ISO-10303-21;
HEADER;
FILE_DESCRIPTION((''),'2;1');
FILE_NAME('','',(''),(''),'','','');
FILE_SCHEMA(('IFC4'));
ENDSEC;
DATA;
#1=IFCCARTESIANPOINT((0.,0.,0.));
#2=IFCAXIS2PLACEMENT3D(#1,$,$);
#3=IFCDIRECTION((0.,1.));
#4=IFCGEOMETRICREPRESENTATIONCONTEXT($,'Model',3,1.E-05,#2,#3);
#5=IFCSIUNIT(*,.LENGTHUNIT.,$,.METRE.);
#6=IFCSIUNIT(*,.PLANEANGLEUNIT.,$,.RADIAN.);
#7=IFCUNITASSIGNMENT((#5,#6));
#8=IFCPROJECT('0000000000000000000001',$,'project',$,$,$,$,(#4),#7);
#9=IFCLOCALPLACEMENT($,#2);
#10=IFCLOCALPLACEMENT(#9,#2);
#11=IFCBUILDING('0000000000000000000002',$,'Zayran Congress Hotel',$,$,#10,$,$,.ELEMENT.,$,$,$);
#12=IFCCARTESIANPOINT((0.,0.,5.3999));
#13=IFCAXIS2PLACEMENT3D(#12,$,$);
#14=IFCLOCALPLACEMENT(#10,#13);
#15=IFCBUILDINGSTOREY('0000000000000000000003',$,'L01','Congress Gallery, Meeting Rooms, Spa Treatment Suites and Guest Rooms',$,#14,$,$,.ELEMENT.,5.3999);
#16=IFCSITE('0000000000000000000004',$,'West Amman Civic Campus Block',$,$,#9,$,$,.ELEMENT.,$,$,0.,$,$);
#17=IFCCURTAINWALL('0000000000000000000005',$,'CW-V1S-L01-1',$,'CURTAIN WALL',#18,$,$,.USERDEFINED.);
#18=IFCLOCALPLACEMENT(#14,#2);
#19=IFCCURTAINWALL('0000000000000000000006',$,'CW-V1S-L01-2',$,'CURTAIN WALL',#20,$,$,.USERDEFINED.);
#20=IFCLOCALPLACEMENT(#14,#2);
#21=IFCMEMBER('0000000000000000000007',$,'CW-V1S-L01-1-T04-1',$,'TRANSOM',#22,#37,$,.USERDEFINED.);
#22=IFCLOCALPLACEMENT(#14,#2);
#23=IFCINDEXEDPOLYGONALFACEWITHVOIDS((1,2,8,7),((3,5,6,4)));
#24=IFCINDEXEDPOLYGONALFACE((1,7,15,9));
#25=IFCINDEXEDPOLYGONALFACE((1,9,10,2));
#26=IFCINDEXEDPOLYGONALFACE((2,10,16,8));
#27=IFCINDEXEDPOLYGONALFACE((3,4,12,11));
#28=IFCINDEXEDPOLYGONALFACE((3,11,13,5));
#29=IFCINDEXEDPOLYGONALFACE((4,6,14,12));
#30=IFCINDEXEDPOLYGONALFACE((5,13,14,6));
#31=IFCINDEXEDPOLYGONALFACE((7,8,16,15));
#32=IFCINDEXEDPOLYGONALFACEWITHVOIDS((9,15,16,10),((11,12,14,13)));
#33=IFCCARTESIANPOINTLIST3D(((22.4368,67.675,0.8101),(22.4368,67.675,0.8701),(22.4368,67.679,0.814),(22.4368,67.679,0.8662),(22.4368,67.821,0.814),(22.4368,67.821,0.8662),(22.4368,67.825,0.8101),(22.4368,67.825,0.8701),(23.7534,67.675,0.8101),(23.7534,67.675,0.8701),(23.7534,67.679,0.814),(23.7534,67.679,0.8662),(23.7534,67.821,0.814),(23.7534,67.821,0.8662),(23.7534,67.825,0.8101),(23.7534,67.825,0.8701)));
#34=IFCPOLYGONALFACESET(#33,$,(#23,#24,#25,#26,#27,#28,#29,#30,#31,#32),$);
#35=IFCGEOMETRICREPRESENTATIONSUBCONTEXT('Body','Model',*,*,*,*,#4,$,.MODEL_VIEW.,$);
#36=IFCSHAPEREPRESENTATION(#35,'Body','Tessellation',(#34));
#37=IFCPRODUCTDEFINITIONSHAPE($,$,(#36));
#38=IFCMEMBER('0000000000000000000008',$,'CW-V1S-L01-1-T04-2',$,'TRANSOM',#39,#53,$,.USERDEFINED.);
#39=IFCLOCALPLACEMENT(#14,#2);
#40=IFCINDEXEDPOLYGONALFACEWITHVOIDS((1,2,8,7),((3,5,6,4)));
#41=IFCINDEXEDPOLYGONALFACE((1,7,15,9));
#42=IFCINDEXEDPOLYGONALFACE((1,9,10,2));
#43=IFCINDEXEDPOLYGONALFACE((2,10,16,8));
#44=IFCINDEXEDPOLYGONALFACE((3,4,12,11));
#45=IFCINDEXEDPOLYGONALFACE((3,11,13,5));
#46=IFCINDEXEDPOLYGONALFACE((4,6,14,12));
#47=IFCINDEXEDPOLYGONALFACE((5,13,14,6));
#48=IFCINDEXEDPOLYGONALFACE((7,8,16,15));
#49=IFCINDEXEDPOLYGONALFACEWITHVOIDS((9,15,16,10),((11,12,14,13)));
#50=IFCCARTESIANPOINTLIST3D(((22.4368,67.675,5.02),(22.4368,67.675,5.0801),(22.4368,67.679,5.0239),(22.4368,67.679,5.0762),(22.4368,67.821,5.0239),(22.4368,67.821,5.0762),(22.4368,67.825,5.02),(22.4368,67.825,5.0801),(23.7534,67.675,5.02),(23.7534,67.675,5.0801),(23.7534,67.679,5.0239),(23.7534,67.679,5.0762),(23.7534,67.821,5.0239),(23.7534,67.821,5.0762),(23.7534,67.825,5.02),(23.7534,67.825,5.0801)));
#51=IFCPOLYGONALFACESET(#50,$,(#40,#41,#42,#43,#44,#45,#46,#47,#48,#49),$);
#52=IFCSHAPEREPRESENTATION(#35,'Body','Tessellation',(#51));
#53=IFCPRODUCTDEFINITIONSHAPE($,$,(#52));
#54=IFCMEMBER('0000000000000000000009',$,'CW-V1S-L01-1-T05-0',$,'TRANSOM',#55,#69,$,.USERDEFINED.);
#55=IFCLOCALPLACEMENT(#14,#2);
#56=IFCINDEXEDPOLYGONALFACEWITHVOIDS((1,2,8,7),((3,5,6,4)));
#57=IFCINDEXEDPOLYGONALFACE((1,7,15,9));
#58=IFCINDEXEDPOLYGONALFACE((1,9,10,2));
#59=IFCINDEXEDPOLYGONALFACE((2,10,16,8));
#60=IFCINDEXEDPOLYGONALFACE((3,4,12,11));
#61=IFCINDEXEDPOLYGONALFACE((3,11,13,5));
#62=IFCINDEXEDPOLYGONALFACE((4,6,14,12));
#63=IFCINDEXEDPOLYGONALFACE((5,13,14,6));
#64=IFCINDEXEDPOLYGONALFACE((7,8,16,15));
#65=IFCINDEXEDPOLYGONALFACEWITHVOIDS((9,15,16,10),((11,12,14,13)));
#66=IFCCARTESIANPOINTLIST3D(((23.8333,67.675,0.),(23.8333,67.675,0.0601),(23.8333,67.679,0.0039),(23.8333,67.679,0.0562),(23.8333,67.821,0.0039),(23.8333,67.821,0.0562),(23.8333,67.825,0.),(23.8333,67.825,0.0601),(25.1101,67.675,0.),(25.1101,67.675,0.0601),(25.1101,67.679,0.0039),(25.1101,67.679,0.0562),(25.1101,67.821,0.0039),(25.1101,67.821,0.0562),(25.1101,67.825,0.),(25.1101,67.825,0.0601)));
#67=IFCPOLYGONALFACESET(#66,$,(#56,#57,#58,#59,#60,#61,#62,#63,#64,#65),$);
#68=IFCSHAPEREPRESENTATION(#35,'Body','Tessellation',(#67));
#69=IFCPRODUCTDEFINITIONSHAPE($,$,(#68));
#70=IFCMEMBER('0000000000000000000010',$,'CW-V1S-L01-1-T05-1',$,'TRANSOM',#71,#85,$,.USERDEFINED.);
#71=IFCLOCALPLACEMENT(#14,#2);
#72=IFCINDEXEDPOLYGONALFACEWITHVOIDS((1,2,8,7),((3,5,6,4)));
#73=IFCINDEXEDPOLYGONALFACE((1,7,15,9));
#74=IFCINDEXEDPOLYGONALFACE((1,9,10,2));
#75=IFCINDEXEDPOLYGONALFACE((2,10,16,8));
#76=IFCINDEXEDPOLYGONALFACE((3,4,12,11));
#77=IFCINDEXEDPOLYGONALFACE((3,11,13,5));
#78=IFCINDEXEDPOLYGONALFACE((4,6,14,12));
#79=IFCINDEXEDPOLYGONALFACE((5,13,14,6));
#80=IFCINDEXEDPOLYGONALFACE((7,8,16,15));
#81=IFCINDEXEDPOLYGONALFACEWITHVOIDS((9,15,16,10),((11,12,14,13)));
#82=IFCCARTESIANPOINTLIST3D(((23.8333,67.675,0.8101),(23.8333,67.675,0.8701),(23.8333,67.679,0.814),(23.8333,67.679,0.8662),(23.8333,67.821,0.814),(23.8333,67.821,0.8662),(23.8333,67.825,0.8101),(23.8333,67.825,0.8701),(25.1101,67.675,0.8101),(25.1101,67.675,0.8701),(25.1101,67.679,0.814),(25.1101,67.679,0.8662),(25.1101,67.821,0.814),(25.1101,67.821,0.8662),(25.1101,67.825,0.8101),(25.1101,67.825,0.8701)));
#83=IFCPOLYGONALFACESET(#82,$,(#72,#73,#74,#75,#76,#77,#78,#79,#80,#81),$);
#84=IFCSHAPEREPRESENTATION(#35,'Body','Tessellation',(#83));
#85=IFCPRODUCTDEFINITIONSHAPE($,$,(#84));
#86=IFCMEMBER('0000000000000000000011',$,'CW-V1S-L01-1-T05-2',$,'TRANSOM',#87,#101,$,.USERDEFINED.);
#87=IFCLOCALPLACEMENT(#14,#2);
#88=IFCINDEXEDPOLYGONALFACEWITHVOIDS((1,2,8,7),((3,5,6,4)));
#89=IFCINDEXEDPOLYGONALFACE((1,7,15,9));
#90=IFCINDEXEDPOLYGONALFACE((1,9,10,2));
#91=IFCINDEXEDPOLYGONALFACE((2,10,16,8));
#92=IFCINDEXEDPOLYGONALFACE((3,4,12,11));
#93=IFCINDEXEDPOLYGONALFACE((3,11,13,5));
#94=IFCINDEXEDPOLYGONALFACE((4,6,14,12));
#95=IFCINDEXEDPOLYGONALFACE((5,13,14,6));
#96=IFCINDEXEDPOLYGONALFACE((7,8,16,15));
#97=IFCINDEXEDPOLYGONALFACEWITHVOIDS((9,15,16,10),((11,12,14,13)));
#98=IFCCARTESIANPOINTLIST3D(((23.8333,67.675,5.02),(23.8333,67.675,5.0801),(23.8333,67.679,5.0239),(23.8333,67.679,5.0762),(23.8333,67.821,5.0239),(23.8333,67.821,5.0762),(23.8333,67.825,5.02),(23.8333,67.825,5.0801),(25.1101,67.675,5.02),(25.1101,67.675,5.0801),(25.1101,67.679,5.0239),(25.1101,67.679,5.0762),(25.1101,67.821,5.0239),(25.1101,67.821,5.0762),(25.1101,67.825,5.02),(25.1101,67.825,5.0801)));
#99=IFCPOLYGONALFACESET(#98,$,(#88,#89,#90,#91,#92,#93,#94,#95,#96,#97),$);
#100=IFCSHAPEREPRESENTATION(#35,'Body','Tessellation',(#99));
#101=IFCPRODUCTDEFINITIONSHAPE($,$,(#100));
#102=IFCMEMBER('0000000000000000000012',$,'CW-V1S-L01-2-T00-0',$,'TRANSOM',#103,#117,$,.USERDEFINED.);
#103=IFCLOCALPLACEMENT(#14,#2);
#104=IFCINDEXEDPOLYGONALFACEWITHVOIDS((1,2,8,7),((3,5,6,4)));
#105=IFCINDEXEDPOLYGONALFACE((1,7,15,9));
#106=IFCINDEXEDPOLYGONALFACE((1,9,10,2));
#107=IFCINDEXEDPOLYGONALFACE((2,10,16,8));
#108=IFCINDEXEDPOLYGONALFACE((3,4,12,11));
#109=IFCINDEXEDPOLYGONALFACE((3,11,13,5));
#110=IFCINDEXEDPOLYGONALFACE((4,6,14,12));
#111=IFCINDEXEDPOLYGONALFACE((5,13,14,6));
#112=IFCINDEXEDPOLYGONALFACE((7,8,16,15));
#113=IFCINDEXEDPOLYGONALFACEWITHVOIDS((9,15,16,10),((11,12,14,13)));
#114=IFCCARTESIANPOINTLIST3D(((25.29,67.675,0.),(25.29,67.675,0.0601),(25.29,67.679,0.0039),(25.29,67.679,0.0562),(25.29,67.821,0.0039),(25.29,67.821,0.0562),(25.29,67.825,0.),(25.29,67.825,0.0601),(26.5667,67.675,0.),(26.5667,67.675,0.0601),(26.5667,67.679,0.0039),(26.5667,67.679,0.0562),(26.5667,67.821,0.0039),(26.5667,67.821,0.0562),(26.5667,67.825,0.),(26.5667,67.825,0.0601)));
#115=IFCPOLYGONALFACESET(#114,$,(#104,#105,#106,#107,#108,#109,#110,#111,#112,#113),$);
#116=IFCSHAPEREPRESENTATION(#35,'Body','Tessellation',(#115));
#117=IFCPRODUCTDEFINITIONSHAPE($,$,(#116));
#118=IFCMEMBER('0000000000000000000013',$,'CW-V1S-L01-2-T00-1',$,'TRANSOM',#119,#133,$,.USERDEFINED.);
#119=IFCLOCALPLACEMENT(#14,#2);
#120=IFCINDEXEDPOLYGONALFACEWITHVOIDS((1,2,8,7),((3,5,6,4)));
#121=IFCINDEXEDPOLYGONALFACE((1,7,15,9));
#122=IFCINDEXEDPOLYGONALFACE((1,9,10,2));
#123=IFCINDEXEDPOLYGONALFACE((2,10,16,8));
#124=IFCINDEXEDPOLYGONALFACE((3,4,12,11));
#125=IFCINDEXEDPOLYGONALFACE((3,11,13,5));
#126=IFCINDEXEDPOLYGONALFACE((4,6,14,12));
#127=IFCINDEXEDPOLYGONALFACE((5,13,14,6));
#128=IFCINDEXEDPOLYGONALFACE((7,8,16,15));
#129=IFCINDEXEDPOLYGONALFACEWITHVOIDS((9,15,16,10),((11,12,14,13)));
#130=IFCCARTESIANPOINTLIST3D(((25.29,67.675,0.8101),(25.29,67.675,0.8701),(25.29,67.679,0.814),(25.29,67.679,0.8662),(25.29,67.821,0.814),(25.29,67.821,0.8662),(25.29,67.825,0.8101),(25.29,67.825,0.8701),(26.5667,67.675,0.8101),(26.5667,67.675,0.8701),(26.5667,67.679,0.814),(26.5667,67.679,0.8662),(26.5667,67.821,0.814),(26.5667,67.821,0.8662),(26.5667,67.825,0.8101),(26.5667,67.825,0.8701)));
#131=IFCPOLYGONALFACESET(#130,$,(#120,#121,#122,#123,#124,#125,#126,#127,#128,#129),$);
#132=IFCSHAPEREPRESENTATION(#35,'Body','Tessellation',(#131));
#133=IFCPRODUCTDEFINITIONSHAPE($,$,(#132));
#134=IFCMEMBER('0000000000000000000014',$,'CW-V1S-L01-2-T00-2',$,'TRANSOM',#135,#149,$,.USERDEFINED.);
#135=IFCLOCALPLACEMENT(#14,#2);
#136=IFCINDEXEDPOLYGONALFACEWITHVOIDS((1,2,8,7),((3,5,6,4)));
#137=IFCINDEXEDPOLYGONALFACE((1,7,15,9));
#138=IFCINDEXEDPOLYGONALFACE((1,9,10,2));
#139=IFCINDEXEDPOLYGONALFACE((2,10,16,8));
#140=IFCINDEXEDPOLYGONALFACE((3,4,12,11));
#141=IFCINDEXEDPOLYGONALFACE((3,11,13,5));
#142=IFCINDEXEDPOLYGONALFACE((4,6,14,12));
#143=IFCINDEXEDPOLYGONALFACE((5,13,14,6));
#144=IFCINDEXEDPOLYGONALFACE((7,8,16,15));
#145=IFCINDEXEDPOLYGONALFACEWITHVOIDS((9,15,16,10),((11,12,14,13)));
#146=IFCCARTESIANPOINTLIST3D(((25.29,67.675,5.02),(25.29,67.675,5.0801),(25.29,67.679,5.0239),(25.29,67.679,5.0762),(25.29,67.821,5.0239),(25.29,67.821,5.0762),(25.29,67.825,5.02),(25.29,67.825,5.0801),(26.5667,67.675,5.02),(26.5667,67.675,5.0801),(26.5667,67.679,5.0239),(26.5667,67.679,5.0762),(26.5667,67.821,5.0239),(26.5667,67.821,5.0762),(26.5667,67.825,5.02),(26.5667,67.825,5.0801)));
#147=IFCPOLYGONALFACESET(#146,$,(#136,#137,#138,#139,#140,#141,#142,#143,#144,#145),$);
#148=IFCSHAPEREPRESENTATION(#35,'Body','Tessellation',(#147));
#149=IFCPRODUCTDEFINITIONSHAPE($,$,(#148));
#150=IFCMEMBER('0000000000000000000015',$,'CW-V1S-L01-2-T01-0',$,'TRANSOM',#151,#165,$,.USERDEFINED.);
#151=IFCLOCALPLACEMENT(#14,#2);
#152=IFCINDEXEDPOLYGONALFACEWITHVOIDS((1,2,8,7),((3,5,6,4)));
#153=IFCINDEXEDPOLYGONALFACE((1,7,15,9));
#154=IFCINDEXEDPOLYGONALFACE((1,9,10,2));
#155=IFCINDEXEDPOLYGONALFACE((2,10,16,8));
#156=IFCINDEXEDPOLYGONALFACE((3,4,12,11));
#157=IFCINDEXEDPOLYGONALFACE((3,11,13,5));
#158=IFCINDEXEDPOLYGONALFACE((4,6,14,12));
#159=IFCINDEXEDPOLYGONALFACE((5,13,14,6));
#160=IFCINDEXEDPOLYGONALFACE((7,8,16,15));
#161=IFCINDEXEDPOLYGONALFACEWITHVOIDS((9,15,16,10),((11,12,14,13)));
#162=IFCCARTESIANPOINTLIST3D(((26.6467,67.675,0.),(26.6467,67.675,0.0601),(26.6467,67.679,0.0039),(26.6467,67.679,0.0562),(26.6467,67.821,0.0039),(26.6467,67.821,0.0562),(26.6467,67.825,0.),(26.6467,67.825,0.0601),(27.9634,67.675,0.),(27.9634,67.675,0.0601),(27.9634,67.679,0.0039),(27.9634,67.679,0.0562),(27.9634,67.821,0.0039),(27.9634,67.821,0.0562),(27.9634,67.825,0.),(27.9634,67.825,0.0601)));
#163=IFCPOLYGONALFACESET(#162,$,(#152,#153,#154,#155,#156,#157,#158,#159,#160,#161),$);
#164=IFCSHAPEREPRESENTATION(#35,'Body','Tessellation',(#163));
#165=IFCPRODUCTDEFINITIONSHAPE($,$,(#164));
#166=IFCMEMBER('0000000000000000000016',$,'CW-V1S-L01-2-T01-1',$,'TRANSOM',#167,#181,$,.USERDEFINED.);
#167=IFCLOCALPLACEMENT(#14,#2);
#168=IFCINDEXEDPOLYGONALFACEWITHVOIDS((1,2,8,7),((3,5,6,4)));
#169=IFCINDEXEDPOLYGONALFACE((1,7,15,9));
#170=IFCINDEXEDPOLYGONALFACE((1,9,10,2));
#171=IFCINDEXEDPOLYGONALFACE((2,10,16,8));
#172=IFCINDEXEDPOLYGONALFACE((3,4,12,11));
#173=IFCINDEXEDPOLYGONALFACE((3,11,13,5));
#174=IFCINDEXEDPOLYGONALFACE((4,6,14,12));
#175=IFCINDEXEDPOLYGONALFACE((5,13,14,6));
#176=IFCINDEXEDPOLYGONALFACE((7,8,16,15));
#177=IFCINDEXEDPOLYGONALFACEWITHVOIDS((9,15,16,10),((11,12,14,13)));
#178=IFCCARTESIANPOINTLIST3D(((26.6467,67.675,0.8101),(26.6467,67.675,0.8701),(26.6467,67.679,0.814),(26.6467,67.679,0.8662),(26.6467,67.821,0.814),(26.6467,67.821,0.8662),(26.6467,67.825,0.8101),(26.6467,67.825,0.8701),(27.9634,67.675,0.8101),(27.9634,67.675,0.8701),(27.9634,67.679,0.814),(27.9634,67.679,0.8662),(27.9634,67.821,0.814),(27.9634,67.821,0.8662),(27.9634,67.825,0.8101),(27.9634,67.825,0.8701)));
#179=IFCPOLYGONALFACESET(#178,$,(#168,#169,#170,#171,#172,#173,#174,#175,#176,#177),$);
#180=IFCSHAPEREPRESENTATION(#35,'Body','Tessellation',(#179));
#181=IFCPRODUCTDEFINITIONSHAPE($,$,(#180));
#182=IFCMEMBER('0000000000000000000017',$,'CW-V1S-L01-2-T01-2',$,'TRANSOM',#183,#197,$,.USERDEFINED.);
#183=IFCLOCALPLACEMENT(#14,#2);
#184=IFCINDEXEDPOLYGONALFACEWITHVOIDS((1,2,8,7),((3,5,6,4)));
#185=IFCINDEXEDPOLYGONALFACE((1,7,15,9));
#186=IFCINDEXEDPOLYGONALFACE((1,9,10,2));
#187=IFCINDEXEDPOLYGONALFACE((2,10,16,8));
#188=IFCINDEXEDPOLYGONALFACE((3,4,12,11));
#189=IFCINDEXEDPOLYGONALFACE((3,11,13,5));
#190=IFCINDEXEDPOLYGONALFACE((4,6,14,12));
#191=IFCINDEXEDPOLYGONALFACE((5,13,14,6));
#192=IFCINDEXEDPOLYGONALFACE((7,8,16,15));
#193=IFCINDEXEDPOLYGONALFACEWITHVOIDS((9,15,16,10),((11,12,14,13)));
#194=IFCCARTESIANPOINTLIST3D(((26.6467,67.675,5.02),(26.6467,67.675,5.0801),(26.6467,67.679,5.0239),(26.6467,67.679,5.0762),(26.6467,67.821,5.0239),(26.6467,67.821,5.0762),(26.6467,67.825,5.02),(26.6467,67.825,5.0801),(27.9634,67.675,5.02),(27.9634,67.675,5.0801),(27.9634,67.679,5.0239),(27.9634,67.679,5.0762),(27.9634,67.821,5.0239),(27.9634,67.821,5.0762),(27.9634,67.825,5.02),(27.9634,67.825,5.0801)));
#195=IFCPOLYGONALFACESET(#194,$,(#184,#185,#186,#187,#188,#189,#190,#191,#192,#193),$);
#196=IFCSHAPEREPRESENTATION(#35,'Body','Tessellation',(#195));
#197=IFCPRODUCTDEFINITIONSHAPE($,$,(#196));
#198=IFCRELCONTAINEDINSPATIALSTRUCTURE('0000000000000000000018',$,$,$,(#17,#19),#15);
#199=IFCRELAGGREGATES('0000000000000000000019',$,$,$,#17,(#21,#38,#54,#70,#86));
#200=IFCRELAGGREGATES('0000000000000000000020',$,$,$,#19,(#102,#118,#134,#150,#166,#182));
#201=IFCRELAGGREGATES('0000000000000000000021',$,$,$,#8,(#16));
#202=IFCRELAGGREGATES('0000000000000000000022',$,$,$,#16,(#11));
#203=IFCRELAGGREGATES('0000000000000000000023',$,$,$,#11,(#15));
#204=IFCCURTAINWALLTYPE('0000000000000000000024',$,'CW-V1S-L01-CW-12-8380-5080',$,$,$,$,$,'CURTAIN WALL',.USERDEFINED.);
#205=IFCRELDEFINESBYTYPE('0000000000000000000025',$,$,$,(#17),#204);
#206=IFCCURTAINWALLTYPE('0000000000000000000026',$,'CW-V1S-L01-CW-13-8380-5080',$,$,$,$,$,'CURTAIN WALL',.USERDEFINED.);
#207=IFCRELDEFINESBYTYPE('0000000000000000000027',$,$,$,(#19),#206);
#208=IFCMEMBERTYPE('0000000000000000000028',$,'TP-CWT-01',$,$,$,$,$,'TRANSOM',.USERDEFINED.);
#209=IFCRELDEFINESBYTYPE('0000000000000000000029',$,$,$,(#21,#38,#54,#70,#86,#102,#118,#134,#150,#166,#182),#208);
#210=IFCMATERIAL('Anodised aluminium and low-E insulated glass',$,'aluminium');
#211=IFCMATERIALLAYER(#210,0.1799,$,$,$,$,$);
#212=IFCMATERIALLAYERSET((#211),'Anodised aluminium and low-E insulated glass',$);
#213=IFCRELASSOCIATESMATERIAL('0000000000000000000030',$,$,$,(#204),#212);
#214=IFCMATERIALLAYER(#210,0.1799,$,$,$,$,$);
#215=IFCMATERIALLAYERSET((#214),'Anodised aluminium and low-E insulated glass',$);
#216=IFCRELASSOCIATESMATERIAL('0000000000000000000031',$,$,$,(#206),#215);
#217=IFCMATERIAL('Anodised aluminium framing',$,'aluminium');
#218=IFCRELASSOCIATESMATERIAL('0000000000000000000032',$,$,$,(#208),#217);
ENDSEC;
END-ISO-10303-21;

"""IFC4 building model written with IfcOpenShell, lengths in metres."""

from ifc_helpers import new_model, si_unit, direction, frame, origin, origin_2d, place, context, subcontext, project, spatial, hollow_rectangle, extrude, material, layer, layer_set, material_profile, profile_set, type_object, element, aggregate, save


model = new_model("IFC4")

# Units and contexts
model_context = context("Model", 3, precision=1e-05, world=origin(), true_north=direction((0.0, 1.0)))
body_context = subcontext(model_context, "Body", "Model", "MODEL_VIEW")
ifc_project = project(units=[si_unit("LENGTHUNIT", "METRE"), si_unit("PLANEANGLEUNIT", "RADIAN")], contexts=[model_context])

# Site, building, storey
site_placement = place(None, origin())
site = spatial("IfcSite", under=ifc_project, at=site_placement, Name="West Amman Civic Campus Block", CompositionType="ELEMENT", RefElevation=0.0)
building_placement = place(site_placement, origin())
building = spatial("IfcBuilding", under=site, at=building_placement, Name="Zayran Congress Hotel", CompositionType="ELEMENT")
storey_placement = place(building_placement, frame((0.0, 0.0, 5.3999)))
storey = spatial("IfcBuildingStorey", under=building, at=storey_placement, Name="L01", Description="Congress Gallery, Meeting Rooms, Spa Treatment Suites and Guest Rooms", CompositionType="ELEMENT", Elevation=5.3999)

# Curtain walls
ifc_material_1 = material(Name="Anodised aluminium and low-E insulated glass", Category="aluminium")
ifc_layer_1 = layer(ifc_material_1, 0.1799)
ifc_layer_set_1 = layer_set([ifc_layer_1], Name="Anodised aluminium and low-E insulated glass")
curtain_wall_type_1 = type_object("IfcCurtainWallType", Name="CW-V1S-L01-CW-12-8380-5080", ElementType="CURTAIN WALL", PredefinedType="USERDEFINED", material=ifc_layer_set_1)
curtain_wall_1_placement = place(storey_placement, origin())
curtain_wall_1 = element("IfcCurtainWall", 1, at=curtain_wall_1_placement, inside=storey, type_object=curtain_wall_type_1, Name="CW-V1S-L01-1", ObjectType="CURTAIN WALL", PredefinedType="USERDEFINED")
ifc_material_2 = material(Name="Anodised aluminium framing", Category="aluminium")
ifc_layer_2 = layer(ifc_material_1, 0.1799)
ifc_layer_set_2 = layer_set([ifc_layer_2], Name="Anodised aluminium and low-E insulated glass")
curtain_wall_type_2 = type_object("IfcCurtainWallType", Name="CW-V1S-L01-CW-13-8380-5080", ElementType="CURTAIN WALL", PredefinedType="USERDEFINED", material=ifc_layer_set_2)
curtain_wall_2_placement = place(storey_placement, origin())
curtain_wall_2 = element("IfcCurtainWall", 2, at=curtain_wall_2_placement, inside=storey, type_object=curtain_wall_type_2, Name="CW-V1S-L01-2", ObjectType="CURTAIN WALL", PredefinedType="USERDEFINED")

# Members
ifc_material_profile_1 = material_profile(ifc_material_2, hollow_rectangle(XDim=0.0601, YDim=0.1499, WallThickness=0.0039, at=origin_2d()), Name="RHS 150x60x4")
ifc_profile_set_1 = profile_set([ifc_material_profile_1], Name="Anodised aluminium framing")
member_type_1 = type_object("IfcMemberType", Name="TP-CWT-01", ElementType="TRANSOM", PredefinedType="USERDEFINED", material=ifc_profile_set_1)
member_1_placement = place(storey_placement, frame((22.4368, 67.75, 0.8401), z_axis=(1.0, 0.0, 0.0), x_axis=(0.0, 0.0, 1.0)))
member_1 = element("IfcMember", 3, at=member_1_placement, type_object=member_type_1, Name="CW-V1S-L01-1-T04-1", ObjectType="TRANSOM", PredefinedType="USERDEFINED", context=body_context, shape_type="SweptSolid", body=[
    extrude(hollow_rectangle(XDim=0.0601, YDim=0.1499, WallThickness=0.0039, at=origin_2d()), origin(), (0.0, 0.0, 1.0), 1.3167),
])
member_2_placement = place(storey_placement, frame((22.4368, 67.75, 5.05), z_axis=(1.0, 0.0, 0.0), x_axis=(0.0, 0.0, 1.0)))
member_2 = element("IfcMember", 4, at=member_2_placement, type_object=member_type_1, Name="CW-V1S-L01-1-T04-2", ObjectType="TRANSOM", PredefinedType="USERDEFINED", context=body_context, shape_type="SweptSolid", body=[
    extrude(hollow_rectangle(XDim=0.0601, YDim=0.1499, WallThickness=0.0039, at=origin_2d()), origin(), (0.0, 0.0, 1.0), 1.3167),
])
member_3_placement = place(storey_placement, frame((23.8333, 67.75, 0.03), z_axis=(1.0, 0.0, 0.0), x_axis=(0.0, 0.0, 1.0)))
member_3 = element("IfcMember", 5, at=member_3_placement, type_object=member_type_1, Name="CW-V1S-L01-1-T05-0", ObjectType="TRANSOM", PredefinedType="USERDEFINED", context=body_context, shape_type="SweptSolid", body=[
    extrude(hollow_rectangle(XDim=0.0601, YDim=0.1499, WallThickness=0.0039, at=origin_2d()), origin(), (0.0, 0.0, 1.0), 1.2769),
])
member_4_placement = place(storey_placement, frame((23.8333, 67.75, 0.8401), z_axis=(1.0, 0.0, 0.0), x_axis=(0.0, 0.0, 1.0)))
member_4 = element("IfcMember", 6, at=member_4_placement, type_object=member_type_1, Name="CW-V1S-L01-1-T05-1", ObjectType="TRANSOM", PredefinedType="USERDEFINED", context=body_context, shape_type="SweptSolid", body=[
    extrude(hollow_rectangle(XDim=0.0601, YDim=0.1499, WallThickness=0.0039, at=origin_2d()), origin(), (0.0, 0.0, 1.0), 1.2769),
])
member_5_placement = place(storey_placement, frame((23.8333, 67.75, 5.05), z_axis=(1.0, 0.0, 0.0), x_axis=(0.0, 0.0, 1.0)))
member_5 = element("IfcMember", 7, at=member_5_placement, type_object=member_type_1, Name="CW-V1S-L01-1-T05-2", ObjectType="TRANSOM", PredefinedType="USERDEFINED", context=body_context, shape_type="SweptSolid", body=[
    extrude(hollow_rectangle(XDim=0.0601, YDim=0.1499, WallThickness=0.0039, at=origin_2d()), origin(), (0.0, 0.0, 1.0), 1.2769),
])
member_6_placement = place(storey_placement, frame((25.29, 67.75, 0.03), z_axis=(1.0, 0.0, 0.0), x_axis=(0.0, 0.0, 1.0)))
member_6 = element("IfcMember", 8, at=member_6_placement, type_object=member_type_1, Name="CW-V1S-L01-2-T00-0", ObjectType="TRANSOM", PredefinedType="USERDEFINED", context=body_context, shape_type="SweptSolid", body=[
    extrude(hollow_rectangle(XDim=0.0601, YDim=0.1499, WallThickness=0.0039, at=origin_2d()), origin(), (0.0, 0.0, 1.0), 1.2766),
])
member_7_placement = place(storey_placement, frame((25.29, 67.75, 0.8401), z_axis=(1.0, 0.0, 0.0), x_axis=(0.0, 0.0, 1.0)))
member_7 = element("IfcMember", 9, at=member_7_placement, type_object=member_type_1, Name="CW-V1S-L01-2-T00-1", ObjectType="TRANSOM", PredefinedType="USERDEFINED", context=body_context, shape_type="SweptSolid", body=[
    extrude(hollow_rectangle(XDim=0.0601, YDim=0.1499, WallThickness=0.0039, at=origin_2d()), origin(), (0.0, 0.0, 1.0), 1.2766),
])
member_8_placement = place(storey_placement, frame((25.29, 67.75, 5.05), z_axis=(1.0, 0.0, 0.0), x_axis=(0.0, 0.0, 1.0)))
member_8 = element("IfcMember", 10, at=member_8_placement, type_object=member_type_1, Name="CW-V1S-L01-2-T00-2", ObjectType="TRANSOM", PredefinedType="USERDEFINED", context=body_context, shape_type="SweptSolid", body=[
    extrude(hollow_rectangle(XDim=0.0601, YDim=0.1499, WallThickness=0.0039, at=origin_2d()), origin(), (0.0, 0.0, 1.0), 1.2766),
])
member_9_placement = place(storey_placement, frame((26.6467, 67.75, 0.03), z_axis=(1.0, 0.0, 0.0), x_axis=(0.0, 0.0, 1.0)))
member_9 = element("IfcMember", 11, at=member_9_placement, type_object=member_type_1, Name="CW-V1S-L01-2-T01-0", ObjectType="TRANSOM", PredefinedType="USERDEFINED", context=body_context, shape_type="SweptSolid", body=[
    extrude(hollow_rectangle(XDim=0.0601, YDim=0.1499, WallThickness=0.0039, at=origin_2d()), origin(), (0.0, 0.0, 1.0), 1.3167),
])
member_10_placement = place(storey_placement, frame((26.6467, 67.75, 0.8401), z_axis=(1.0, 0.0, 0.0), x_axis=(0.0, 0.0, 1.0)))
member_10 = element("IfcMember", 12, at=member_10_placement, type_object=member_type_1, Name="CW-V1S-L01-2-T01-1", ObjectType="TRANSOM", PredefinedType="USERDEFINED", context=body_context, shape_type="SweptSolid", body=[
    extrude(hollow_rectangle(XDim=0.0601, YDim=0.1499, WallThickness=0.0039, at=origin_2d()), origin(), (0.0, 0.0, 1.0), 1.3167),
])
member_11_placement = place(storey_placement, frame((26.6467, 67.75, 5.05), z_axis=(1.0, 0.0, 0.0), x_axis=(0.0, 0.0, 1.0)))
member_11 = element("IfcMember", 13, at=member_11_placement, type_object=member_type_1, Name="CW-V1S-L01-2-T01-2", ObjectType="TRANSOM", PredefinedType="USERDEFINED", context=body_context, shape_type="SweptSolid", body=[
    extrude(hollow_rectangle(XDim=0.0601, YDim=0.1499, WallThickness=0.0039, at=origin_2d()), origin(), (0.0, 0.0, 1.0), 1.3167),
])

aggregate(curtain_wall_1, [member_1, member_2, member_3, member_4, member_5])
aggregate(curtain_wall_2, [member_6, member_7, member_8, member_9, member_10, member_11])

save(model, "model.ifc")
